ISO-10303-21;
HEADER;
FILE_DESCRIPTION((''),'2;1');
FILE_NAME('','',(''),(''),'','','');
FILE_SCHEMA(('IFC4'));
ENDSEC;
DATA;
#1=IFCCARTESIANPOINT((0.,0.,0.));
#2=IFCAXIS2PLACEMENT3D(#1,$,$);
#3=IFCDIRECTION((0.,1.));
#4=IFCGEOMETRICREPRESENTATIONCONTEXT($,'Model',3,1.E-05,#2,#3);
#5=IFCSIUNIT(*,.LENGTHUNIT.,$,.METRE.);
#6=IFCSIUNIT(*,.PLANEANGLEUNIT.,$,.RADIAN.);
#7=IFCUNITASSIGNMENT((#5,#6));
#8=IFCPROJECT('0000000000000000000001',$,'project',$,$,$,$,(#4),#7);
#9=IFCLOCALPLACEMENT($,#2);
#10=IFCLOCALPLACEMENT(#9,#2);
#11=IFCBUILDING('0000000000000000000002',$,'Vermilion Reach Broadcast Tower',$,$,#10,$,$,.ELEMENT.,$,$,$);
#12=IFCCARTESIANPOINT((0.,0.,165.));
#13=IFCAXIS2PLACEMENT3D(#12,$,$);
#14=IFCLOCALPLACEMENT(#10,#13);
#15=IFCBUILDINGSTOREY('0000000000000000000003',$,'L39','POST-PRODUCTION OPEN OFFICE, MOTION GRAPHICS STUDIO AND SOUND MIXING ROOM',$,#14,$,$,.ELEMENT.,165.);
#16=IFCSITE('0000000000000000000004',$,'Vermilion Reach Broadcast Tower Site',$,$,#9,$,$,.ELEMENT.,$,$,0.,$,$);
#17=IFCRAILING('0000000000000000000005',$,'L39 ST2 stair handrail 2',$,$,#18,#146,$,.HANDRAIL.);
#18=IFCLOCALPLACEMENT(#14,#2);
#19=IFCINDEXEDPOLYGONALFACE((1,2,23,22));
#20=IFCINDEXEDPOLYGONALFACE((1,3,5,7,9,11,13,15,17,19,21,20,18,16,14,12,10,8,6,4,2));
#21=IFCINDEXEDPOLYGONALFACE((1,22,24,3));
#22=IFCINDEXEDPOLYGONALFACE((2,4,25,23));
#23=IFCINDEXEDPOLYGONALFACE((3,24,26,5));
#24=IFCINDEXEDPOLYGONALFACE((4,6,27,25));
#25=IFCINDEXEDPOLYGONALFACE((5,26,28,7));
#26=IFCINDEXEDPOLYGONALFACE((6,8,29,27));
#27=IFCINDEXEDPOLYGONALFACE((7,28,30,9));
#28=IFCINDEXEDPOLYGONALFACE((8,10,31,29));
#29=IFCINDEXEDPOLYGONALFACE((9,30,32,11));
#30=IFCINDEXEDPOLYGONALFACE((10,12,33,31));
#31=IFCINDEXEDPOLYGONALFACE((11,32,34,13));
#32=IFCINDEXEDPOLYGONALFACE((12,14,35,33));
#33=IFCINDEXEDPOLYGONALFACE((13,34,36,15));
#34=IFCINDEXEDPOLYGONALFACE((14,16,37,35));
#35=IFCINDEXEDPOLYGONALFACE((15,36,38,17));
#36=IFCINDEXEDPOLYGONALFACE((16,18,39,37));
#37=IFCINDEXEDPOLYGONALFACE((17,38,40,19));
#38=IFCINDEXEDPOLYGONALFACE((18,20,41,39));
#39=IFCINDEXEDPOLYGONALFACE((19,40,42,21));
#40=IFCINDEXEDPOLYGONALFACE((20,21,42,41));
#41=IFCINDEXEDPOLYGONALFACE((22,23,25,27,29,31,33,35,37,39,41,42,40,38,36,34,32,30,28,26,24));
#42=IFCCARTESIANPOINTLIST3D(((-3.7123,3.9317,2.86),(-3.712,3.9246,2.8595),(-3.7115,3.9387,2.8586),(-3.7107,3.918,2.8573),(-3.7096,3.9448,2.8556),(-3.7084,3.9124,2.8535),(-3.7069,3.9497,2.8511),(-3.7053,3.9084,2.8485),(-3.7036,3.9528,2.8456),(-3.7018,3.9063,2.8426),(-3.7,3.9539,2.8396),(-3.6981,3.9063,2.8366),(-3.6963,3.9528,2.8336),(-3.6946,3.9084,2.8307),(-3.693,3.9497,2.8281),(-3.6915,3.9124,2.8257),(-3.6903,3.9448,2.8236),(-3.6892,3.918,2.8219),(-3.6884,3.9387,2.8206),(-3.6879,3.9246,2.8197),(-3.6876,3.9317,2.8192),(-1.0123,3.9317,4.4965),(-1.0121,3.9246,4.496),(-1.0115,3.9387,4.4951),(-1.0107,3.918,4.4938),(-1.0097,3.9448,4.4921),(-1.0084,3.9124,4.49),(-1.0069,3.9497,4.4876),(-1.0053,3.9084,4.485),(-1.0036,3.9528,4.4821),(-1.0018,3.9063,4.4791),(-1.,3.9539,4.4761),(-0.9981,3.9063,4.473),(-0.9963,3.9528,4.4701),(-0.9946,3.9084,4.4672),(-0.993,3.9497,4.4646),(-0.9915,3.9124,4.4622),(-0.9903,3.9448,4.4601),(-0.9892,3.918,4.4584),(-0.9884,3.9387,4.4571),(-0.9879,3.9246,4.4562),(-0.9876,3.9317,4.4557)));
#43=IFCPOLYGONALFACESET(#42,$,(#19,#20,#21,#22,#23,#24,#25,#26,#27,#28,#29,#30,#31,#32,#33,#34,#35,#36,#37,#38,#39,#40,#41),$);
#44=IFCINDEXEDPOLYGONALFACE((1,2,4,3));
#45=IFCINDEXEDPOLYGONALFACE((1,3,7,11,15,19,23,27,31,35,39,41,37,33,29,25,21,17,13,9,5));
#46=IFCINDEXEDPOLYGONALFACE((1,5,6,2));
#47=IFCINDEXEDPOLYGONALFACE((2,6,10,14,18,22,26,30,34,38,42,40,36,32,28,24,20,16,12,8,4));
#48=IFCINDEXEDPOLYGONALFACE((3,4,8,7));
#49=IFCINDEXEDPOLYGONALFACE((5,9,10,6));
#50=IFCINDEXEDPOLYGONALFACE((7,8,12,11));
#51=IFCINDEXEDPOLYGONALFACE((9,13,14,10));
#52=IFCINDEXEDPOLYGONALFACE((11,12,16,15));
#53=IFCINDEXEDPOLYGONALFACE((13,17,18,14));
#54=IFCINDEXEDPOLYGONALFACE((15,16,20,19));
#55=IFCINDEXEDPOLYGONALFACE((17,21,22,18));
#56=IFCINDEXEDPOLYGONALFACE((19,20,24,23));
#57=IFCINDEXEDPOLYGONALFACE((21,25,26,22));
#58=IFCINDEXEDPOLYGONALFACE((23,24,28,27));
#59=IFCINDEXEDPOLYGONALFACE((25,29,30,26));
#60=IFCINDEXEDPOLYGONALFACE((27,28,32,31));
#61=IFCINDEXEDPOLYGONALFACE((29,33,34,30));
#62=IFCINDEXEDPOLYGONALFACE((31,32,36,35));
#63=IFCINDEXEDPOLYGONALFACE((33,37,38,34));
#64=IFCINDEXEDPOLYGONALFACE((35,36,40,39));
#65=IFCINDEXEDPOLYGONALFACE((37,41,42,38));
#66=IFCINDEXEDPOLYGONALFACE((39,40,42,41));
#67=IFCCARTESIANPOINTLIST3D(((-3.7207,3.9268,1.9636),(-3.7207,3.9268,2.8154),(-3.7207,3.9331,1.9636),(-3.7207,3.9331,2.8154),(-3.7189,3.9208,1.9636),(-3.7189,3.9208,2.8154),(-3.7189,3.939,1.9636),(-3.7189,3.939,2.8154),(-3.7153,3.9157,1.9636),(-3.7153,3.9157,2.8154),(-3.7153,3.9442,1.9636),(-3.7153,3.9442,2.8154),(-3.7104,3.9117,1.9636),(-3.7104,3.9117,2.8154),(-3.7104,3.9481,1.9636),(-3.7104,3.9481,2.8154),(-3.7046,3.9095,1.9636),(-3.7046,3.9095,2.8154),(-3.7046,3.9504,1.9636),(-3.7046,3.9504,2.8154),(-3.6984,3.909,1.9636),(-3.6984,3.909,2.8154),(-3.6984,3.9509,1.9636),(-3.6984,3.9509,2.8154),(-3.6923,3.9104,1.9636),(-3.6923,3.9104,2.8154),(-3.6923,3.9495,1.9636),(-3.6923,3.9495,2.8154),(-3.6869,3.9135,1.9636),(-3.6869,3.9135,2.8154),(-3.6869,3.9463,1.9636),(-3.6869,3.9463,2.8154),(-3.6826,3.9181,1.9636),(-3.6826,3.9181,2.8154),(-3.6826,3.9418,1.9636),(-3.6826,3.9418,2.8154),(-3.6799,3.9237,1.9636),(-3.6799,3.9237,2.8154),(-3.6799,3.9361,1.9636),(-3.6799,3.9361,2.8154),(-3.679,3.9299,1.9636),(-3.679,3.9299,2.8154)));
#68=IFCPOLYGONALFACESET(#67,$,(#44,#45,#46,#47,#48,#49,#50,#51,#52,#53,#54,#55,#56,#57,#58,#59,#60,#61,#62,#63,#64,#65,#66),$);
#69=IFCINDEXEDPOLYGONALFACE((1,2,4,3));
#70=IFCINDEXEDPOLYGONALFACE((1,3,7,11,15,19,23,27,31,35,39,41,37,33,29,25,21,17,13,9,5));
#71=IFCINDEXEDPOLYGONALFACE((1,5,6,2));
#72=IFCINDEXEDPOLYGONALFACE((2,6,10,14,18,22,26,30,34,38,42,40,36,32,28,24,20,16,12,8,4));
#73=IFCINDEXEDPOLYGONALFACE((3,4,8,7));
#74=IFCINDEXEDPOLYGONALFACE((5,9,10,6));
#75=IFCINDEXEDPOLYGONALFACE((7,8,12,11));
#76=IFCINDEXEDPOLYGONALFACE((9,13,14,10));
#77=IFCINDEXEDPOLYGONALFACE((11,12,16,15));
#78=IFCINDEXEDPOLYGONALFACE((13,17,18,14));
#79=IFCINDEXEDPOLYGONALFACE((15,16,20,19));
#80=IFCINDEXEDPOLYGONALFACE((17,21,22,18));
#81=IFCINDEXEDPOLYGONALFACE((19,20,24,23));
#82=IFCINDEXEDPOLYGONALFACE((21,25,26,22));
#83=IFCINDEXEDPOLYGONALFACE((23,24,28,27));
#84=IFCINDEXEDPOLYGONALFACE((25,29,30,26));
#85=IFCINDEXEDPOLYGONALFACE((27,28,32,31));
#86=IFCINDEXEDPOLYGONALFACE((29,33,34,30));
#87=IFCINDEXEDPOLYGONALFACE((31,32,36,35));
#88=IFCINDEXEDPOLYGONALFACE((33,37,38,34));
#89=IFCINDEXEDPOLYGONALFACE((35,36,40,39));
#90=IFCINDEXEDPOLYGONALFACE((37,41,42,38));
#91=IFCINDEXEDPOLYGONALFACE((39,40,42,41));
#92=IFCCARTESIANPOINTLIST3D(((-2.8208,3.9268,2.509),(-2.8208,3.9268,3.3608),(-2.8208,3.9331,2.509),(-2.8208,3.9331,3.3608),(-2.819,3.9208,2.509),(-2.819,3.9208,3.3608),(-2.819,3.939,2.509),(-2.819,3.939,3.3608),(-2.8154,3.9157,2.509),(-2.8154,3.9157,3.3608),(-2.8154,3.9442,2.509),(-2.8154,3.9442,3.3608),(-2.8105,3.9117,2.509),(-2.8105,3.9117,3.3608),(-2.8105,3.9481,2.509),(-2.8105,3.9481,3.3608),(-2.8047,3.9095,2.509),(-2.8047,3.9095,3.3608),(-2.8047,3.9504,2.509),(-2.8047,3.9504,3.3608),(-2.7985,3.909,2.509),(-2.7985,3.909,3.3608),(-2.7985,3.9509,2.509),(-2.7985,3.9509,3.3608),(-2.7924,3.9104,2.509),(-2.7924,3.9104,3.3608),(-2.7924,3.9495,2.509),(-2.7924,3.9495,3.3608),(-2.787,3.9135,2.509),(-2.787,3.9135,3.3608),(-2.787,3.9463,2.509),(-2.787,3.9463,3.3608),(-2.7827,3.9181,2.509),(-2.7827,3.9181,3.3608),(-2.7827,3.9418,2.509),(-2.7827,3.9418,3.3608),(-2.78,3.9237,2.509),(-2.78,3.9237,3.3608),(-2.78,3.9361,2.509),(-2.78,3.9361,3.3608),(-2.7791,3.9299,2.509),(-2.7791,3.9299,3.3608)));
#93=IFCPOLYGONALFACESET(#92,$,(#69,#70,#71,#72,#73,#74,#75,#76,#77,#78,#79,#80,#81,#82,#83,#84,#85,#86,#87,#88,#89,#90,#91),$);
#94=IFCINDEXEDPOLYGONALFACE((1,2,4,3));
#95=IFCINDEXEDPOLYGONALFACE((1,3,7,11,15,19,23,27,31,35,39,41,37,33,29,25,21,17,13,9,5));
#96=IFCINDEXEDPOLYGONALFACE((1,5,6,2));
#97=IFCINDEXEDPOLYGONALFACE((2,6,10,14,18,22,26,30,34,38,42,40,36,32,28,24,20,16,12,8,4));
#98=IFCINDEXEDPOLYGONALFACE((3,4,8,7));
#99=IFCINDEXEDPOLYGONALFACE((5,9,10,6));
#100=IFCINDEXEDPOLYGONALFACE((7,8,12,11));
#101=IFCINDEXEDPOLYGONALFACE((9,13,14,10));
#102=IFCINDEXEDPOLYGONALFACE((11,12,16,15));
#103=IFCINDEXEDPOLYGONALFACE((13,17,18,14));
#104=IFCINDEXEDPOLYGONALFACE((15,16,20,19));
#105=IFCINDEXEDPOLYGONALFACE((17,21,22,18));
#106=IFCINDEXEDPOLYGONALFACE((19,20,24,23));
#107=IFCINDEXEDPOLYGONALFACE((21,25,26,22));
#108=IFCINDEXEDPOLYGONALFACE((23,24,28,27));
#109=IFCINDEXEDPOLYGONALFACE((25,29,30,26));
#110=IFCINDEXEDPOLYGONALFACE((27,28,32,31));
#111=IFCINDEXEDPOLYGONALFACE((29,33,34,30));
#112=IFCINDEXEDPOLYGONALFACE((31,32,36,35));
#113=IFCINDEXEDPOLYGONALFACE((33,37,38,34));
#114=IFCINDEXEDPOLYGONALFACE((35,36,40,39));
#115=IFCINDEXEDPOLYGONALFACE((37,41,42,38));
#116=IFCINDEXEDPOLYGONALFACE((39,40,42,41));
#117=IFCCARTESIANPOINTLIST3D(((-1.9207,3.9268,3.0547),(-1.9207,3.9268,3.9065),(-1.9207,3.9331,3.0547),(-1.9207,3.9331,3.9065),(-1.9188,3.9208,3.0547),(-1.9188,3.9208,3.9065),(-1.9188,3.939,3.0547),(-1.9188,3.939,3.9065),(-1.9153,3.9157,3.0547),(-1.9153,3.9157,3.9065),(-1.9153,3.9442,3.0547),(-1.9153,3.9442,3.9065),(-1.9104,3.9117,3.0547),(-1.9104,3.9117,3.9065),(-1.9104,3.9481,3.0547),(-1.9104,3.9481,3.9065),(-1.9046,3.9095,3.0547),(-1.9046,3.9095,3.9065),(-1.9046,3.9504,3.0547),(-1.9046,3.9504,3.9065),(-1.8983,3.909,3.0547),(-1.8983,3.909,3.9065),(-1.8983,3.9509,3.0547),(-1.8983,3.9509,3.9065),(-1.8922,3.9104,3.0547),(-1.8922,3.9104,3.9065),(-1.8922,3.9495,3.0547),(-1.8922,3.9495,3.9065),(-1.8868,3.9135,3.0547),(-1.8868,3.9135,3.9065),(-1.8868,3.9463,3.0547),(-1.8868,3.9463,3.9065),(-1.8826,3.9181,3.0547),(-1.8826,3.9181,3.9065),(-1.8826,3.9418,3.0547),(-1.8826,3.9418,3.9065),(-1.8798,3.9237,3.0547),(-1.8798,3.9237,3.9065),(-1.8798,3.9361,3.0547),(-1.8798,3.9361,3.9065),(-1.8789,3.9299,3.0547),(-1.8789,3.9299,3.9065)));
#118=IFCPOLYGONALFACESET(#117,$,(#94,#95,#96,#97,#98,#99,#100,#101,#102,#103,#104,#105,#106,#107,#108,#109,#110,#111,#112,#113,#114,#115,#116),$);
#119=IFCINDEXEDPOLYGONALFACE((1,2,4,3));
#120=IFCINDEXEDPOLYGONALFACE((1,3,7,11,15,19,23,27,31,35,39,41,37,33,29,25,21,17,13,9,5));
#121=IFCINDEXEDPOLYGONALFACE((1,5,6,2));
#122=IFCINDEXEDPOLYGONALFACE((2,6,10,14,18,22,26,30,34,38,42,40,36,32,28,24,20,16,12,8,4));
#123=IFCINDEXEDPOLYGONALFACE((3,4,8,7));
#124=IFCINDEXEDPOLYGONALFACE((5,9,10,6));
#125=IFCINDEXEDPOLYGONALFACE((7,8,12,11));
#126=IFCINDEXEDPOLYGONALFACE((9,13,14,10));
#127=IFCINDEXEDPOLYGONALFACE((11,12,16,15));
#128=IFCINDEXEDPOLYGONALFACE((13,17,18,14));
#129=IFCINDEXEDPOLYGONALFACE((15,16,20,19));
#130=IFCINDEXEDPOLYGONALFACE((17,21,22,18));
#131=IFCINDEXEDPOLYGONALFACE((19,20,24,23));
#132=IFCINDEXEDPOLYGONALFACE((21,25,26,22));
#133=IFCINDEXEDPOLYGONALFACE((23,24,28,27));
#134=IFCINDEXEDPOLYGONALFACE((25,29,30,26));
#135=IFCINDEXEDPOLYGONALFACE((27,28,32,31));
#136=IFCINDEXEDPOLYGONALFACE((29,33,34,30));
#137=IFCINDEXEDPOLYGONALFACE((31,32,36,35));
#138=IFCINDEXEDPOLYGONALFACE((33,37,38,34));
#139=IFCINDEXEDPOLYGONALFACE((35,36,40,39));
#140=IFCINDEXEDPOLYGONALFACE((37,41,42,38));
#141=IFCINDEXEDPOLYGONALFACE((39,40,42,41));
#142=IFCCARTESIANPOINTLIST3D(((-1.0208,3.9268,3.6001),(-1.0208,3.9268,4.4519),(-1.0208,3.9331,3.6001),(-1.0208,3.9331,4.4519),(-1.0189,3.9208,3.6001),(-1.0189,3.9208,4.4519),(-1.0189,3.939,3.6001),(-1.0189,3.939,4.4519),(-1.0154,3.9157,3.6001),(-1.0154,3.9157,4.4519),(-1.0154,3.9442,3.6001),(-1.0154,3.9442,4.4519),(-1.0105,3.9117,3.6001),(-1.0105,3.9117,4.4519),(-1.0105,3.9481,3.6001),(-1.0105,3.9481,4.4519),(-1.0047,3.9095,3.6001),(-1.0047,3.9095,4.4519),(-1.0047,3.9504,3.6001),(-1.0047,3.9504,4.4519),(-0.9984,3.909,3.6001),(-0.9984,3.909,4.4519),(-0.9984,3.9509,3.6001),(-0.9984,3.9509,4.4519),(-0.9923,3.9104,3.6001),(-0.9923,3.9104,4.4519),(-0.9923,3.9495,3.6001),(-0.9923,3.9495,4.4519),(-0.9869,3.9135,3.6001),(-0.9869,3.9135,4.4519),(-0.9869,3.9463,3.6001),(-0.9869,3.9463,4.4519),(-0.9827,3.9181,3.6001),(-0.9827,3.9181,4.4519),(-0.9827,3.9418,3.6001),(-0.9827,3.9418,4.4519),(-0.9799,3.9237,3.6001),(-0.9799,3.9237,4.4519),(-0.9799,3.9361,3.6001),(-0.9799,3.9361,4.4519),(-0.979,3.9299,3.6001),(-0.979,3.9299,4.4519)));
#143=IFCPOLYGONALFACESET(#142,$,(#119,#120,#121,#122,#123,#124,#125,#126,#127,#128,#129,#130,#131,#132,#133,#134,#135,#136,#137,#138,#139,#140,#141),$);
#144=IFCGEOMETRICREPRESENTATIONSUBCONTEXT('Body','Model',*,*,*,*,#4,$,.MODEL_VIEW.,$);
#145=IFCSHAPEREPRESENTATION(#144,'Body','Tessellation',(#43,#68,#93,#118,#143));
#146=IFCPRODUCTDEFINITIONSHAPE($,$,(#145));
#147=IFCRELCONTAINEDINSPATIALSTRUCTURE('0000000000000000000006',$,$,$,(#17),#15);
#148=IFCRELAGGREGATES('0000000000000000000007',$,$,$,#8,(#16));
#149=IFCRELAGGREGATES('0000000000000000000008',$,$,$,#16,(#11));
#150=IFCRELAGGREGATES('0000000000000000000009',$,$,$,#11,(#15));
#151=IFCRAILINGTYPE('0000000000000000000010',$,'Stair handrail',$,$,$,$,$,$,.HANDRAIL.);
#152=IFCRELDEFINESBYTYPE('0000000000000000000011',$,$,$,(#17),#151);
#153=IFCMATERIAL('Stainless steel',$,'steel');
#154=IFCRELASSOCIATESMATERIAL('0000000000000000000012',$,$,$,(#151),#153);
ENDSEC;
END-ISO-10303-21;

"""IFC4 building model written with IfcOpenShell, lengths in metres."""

from ifc_helpers import new_model, si_unit, direction, frame, origin, origin_2d, place, context, subcontext, project, spatial, circle, extrude, material, type_object, element, save


model = new_model("IFC4")

# Units and contexts
model_context = context("Model", 3, precision=1e-05, world=origin(), true_north=direction((0.0, 1.0)))
body_context = subcontext(model_context, "Body", "Model", "MODEL_VIEW")
ifc_project = project(units=[si_unit("LENGTHUNIT", "METRE"), si_unit("PLANEANGLEUNIT", "RADIAN")], contexts=[model_context])

# Site, building, storey
site_placement = place(None, origin())
site = spatial("IfcSite", under=ifc_project, at=site_placement, Name="Vermilion Reach Broadcast Tower Site", CompositionType="ELEMENT", RefElevation=0.0)
building_placement = place(site_placement, origin())
building = spatial("IfcBuilding", under=site, at=building_placement, Name="Vermilion Reach Broadcast Tower", CompositionType="ELEMENT")
storey_placement = place(building_placement, frame((0.0, 0.0, 165.0)))
storey = spatial("IfcBuildingStorey", under=building, at=storey_placement, Name="L39", Description="POST-PRODUCTION OPEN OFFICE, MOTION GRAPHICS STUDIO AND SOUND MIXING ROOM", CompositionType="ELEMENT", Elevation=165.0)

# Railing
ifc_material_1 = material(Name="Stainless steel", Category="steel")
railing_type_1 = type_object("IfcRailingType", Name="Stair handrail", PredefinedType="HANDRAIL", material=ifc_material_1)
railing_1_placement = place(storey_placement, frame((-3.7, 3.9299, 1.9636)))
element("IfcRailing", 1, at=railing_1_placement, inside=storey, type_object=railing_type_1, Name="L39 ST2 stair handrail 2", PredefinedType="HANDRAIL", context=body_context, shape_type="SweptSolid", body=[
    extrude(circle(Radius=0.0239, at=origin_2d()), frame((0.0, 0.0, 0.876), z_axis=(0.855178, 0.0, 0.518334), x_axis=(0.0, 1.0, 0.0)), (0.0, 0.0, 1.0), 3.1572),
    extrude(circle(Radius=0.021, at=origin_2d()), origin(), (0.0, 0.0, 1.0), 0.8518),
    extrude(circle(Radius=0.021, at=origin_2d()), frame((0.8999, 0.0, 0.5454)), (0.0, 0.0, 1.0), 0.8518),
    extrude(circle(Radius=0.021, at=origin_2d()), frame((1.8, 0.0, 1.0911)), (0.0, 0.0, 1.0), 0.8518),
    extrude(circle(Radius=0.021, at=origin_2d()), frame((2.7, 0.0, 1.6365)), (0.0, 0.0, 1.0), 0.8518),
])

save(model, "model.ifc")
